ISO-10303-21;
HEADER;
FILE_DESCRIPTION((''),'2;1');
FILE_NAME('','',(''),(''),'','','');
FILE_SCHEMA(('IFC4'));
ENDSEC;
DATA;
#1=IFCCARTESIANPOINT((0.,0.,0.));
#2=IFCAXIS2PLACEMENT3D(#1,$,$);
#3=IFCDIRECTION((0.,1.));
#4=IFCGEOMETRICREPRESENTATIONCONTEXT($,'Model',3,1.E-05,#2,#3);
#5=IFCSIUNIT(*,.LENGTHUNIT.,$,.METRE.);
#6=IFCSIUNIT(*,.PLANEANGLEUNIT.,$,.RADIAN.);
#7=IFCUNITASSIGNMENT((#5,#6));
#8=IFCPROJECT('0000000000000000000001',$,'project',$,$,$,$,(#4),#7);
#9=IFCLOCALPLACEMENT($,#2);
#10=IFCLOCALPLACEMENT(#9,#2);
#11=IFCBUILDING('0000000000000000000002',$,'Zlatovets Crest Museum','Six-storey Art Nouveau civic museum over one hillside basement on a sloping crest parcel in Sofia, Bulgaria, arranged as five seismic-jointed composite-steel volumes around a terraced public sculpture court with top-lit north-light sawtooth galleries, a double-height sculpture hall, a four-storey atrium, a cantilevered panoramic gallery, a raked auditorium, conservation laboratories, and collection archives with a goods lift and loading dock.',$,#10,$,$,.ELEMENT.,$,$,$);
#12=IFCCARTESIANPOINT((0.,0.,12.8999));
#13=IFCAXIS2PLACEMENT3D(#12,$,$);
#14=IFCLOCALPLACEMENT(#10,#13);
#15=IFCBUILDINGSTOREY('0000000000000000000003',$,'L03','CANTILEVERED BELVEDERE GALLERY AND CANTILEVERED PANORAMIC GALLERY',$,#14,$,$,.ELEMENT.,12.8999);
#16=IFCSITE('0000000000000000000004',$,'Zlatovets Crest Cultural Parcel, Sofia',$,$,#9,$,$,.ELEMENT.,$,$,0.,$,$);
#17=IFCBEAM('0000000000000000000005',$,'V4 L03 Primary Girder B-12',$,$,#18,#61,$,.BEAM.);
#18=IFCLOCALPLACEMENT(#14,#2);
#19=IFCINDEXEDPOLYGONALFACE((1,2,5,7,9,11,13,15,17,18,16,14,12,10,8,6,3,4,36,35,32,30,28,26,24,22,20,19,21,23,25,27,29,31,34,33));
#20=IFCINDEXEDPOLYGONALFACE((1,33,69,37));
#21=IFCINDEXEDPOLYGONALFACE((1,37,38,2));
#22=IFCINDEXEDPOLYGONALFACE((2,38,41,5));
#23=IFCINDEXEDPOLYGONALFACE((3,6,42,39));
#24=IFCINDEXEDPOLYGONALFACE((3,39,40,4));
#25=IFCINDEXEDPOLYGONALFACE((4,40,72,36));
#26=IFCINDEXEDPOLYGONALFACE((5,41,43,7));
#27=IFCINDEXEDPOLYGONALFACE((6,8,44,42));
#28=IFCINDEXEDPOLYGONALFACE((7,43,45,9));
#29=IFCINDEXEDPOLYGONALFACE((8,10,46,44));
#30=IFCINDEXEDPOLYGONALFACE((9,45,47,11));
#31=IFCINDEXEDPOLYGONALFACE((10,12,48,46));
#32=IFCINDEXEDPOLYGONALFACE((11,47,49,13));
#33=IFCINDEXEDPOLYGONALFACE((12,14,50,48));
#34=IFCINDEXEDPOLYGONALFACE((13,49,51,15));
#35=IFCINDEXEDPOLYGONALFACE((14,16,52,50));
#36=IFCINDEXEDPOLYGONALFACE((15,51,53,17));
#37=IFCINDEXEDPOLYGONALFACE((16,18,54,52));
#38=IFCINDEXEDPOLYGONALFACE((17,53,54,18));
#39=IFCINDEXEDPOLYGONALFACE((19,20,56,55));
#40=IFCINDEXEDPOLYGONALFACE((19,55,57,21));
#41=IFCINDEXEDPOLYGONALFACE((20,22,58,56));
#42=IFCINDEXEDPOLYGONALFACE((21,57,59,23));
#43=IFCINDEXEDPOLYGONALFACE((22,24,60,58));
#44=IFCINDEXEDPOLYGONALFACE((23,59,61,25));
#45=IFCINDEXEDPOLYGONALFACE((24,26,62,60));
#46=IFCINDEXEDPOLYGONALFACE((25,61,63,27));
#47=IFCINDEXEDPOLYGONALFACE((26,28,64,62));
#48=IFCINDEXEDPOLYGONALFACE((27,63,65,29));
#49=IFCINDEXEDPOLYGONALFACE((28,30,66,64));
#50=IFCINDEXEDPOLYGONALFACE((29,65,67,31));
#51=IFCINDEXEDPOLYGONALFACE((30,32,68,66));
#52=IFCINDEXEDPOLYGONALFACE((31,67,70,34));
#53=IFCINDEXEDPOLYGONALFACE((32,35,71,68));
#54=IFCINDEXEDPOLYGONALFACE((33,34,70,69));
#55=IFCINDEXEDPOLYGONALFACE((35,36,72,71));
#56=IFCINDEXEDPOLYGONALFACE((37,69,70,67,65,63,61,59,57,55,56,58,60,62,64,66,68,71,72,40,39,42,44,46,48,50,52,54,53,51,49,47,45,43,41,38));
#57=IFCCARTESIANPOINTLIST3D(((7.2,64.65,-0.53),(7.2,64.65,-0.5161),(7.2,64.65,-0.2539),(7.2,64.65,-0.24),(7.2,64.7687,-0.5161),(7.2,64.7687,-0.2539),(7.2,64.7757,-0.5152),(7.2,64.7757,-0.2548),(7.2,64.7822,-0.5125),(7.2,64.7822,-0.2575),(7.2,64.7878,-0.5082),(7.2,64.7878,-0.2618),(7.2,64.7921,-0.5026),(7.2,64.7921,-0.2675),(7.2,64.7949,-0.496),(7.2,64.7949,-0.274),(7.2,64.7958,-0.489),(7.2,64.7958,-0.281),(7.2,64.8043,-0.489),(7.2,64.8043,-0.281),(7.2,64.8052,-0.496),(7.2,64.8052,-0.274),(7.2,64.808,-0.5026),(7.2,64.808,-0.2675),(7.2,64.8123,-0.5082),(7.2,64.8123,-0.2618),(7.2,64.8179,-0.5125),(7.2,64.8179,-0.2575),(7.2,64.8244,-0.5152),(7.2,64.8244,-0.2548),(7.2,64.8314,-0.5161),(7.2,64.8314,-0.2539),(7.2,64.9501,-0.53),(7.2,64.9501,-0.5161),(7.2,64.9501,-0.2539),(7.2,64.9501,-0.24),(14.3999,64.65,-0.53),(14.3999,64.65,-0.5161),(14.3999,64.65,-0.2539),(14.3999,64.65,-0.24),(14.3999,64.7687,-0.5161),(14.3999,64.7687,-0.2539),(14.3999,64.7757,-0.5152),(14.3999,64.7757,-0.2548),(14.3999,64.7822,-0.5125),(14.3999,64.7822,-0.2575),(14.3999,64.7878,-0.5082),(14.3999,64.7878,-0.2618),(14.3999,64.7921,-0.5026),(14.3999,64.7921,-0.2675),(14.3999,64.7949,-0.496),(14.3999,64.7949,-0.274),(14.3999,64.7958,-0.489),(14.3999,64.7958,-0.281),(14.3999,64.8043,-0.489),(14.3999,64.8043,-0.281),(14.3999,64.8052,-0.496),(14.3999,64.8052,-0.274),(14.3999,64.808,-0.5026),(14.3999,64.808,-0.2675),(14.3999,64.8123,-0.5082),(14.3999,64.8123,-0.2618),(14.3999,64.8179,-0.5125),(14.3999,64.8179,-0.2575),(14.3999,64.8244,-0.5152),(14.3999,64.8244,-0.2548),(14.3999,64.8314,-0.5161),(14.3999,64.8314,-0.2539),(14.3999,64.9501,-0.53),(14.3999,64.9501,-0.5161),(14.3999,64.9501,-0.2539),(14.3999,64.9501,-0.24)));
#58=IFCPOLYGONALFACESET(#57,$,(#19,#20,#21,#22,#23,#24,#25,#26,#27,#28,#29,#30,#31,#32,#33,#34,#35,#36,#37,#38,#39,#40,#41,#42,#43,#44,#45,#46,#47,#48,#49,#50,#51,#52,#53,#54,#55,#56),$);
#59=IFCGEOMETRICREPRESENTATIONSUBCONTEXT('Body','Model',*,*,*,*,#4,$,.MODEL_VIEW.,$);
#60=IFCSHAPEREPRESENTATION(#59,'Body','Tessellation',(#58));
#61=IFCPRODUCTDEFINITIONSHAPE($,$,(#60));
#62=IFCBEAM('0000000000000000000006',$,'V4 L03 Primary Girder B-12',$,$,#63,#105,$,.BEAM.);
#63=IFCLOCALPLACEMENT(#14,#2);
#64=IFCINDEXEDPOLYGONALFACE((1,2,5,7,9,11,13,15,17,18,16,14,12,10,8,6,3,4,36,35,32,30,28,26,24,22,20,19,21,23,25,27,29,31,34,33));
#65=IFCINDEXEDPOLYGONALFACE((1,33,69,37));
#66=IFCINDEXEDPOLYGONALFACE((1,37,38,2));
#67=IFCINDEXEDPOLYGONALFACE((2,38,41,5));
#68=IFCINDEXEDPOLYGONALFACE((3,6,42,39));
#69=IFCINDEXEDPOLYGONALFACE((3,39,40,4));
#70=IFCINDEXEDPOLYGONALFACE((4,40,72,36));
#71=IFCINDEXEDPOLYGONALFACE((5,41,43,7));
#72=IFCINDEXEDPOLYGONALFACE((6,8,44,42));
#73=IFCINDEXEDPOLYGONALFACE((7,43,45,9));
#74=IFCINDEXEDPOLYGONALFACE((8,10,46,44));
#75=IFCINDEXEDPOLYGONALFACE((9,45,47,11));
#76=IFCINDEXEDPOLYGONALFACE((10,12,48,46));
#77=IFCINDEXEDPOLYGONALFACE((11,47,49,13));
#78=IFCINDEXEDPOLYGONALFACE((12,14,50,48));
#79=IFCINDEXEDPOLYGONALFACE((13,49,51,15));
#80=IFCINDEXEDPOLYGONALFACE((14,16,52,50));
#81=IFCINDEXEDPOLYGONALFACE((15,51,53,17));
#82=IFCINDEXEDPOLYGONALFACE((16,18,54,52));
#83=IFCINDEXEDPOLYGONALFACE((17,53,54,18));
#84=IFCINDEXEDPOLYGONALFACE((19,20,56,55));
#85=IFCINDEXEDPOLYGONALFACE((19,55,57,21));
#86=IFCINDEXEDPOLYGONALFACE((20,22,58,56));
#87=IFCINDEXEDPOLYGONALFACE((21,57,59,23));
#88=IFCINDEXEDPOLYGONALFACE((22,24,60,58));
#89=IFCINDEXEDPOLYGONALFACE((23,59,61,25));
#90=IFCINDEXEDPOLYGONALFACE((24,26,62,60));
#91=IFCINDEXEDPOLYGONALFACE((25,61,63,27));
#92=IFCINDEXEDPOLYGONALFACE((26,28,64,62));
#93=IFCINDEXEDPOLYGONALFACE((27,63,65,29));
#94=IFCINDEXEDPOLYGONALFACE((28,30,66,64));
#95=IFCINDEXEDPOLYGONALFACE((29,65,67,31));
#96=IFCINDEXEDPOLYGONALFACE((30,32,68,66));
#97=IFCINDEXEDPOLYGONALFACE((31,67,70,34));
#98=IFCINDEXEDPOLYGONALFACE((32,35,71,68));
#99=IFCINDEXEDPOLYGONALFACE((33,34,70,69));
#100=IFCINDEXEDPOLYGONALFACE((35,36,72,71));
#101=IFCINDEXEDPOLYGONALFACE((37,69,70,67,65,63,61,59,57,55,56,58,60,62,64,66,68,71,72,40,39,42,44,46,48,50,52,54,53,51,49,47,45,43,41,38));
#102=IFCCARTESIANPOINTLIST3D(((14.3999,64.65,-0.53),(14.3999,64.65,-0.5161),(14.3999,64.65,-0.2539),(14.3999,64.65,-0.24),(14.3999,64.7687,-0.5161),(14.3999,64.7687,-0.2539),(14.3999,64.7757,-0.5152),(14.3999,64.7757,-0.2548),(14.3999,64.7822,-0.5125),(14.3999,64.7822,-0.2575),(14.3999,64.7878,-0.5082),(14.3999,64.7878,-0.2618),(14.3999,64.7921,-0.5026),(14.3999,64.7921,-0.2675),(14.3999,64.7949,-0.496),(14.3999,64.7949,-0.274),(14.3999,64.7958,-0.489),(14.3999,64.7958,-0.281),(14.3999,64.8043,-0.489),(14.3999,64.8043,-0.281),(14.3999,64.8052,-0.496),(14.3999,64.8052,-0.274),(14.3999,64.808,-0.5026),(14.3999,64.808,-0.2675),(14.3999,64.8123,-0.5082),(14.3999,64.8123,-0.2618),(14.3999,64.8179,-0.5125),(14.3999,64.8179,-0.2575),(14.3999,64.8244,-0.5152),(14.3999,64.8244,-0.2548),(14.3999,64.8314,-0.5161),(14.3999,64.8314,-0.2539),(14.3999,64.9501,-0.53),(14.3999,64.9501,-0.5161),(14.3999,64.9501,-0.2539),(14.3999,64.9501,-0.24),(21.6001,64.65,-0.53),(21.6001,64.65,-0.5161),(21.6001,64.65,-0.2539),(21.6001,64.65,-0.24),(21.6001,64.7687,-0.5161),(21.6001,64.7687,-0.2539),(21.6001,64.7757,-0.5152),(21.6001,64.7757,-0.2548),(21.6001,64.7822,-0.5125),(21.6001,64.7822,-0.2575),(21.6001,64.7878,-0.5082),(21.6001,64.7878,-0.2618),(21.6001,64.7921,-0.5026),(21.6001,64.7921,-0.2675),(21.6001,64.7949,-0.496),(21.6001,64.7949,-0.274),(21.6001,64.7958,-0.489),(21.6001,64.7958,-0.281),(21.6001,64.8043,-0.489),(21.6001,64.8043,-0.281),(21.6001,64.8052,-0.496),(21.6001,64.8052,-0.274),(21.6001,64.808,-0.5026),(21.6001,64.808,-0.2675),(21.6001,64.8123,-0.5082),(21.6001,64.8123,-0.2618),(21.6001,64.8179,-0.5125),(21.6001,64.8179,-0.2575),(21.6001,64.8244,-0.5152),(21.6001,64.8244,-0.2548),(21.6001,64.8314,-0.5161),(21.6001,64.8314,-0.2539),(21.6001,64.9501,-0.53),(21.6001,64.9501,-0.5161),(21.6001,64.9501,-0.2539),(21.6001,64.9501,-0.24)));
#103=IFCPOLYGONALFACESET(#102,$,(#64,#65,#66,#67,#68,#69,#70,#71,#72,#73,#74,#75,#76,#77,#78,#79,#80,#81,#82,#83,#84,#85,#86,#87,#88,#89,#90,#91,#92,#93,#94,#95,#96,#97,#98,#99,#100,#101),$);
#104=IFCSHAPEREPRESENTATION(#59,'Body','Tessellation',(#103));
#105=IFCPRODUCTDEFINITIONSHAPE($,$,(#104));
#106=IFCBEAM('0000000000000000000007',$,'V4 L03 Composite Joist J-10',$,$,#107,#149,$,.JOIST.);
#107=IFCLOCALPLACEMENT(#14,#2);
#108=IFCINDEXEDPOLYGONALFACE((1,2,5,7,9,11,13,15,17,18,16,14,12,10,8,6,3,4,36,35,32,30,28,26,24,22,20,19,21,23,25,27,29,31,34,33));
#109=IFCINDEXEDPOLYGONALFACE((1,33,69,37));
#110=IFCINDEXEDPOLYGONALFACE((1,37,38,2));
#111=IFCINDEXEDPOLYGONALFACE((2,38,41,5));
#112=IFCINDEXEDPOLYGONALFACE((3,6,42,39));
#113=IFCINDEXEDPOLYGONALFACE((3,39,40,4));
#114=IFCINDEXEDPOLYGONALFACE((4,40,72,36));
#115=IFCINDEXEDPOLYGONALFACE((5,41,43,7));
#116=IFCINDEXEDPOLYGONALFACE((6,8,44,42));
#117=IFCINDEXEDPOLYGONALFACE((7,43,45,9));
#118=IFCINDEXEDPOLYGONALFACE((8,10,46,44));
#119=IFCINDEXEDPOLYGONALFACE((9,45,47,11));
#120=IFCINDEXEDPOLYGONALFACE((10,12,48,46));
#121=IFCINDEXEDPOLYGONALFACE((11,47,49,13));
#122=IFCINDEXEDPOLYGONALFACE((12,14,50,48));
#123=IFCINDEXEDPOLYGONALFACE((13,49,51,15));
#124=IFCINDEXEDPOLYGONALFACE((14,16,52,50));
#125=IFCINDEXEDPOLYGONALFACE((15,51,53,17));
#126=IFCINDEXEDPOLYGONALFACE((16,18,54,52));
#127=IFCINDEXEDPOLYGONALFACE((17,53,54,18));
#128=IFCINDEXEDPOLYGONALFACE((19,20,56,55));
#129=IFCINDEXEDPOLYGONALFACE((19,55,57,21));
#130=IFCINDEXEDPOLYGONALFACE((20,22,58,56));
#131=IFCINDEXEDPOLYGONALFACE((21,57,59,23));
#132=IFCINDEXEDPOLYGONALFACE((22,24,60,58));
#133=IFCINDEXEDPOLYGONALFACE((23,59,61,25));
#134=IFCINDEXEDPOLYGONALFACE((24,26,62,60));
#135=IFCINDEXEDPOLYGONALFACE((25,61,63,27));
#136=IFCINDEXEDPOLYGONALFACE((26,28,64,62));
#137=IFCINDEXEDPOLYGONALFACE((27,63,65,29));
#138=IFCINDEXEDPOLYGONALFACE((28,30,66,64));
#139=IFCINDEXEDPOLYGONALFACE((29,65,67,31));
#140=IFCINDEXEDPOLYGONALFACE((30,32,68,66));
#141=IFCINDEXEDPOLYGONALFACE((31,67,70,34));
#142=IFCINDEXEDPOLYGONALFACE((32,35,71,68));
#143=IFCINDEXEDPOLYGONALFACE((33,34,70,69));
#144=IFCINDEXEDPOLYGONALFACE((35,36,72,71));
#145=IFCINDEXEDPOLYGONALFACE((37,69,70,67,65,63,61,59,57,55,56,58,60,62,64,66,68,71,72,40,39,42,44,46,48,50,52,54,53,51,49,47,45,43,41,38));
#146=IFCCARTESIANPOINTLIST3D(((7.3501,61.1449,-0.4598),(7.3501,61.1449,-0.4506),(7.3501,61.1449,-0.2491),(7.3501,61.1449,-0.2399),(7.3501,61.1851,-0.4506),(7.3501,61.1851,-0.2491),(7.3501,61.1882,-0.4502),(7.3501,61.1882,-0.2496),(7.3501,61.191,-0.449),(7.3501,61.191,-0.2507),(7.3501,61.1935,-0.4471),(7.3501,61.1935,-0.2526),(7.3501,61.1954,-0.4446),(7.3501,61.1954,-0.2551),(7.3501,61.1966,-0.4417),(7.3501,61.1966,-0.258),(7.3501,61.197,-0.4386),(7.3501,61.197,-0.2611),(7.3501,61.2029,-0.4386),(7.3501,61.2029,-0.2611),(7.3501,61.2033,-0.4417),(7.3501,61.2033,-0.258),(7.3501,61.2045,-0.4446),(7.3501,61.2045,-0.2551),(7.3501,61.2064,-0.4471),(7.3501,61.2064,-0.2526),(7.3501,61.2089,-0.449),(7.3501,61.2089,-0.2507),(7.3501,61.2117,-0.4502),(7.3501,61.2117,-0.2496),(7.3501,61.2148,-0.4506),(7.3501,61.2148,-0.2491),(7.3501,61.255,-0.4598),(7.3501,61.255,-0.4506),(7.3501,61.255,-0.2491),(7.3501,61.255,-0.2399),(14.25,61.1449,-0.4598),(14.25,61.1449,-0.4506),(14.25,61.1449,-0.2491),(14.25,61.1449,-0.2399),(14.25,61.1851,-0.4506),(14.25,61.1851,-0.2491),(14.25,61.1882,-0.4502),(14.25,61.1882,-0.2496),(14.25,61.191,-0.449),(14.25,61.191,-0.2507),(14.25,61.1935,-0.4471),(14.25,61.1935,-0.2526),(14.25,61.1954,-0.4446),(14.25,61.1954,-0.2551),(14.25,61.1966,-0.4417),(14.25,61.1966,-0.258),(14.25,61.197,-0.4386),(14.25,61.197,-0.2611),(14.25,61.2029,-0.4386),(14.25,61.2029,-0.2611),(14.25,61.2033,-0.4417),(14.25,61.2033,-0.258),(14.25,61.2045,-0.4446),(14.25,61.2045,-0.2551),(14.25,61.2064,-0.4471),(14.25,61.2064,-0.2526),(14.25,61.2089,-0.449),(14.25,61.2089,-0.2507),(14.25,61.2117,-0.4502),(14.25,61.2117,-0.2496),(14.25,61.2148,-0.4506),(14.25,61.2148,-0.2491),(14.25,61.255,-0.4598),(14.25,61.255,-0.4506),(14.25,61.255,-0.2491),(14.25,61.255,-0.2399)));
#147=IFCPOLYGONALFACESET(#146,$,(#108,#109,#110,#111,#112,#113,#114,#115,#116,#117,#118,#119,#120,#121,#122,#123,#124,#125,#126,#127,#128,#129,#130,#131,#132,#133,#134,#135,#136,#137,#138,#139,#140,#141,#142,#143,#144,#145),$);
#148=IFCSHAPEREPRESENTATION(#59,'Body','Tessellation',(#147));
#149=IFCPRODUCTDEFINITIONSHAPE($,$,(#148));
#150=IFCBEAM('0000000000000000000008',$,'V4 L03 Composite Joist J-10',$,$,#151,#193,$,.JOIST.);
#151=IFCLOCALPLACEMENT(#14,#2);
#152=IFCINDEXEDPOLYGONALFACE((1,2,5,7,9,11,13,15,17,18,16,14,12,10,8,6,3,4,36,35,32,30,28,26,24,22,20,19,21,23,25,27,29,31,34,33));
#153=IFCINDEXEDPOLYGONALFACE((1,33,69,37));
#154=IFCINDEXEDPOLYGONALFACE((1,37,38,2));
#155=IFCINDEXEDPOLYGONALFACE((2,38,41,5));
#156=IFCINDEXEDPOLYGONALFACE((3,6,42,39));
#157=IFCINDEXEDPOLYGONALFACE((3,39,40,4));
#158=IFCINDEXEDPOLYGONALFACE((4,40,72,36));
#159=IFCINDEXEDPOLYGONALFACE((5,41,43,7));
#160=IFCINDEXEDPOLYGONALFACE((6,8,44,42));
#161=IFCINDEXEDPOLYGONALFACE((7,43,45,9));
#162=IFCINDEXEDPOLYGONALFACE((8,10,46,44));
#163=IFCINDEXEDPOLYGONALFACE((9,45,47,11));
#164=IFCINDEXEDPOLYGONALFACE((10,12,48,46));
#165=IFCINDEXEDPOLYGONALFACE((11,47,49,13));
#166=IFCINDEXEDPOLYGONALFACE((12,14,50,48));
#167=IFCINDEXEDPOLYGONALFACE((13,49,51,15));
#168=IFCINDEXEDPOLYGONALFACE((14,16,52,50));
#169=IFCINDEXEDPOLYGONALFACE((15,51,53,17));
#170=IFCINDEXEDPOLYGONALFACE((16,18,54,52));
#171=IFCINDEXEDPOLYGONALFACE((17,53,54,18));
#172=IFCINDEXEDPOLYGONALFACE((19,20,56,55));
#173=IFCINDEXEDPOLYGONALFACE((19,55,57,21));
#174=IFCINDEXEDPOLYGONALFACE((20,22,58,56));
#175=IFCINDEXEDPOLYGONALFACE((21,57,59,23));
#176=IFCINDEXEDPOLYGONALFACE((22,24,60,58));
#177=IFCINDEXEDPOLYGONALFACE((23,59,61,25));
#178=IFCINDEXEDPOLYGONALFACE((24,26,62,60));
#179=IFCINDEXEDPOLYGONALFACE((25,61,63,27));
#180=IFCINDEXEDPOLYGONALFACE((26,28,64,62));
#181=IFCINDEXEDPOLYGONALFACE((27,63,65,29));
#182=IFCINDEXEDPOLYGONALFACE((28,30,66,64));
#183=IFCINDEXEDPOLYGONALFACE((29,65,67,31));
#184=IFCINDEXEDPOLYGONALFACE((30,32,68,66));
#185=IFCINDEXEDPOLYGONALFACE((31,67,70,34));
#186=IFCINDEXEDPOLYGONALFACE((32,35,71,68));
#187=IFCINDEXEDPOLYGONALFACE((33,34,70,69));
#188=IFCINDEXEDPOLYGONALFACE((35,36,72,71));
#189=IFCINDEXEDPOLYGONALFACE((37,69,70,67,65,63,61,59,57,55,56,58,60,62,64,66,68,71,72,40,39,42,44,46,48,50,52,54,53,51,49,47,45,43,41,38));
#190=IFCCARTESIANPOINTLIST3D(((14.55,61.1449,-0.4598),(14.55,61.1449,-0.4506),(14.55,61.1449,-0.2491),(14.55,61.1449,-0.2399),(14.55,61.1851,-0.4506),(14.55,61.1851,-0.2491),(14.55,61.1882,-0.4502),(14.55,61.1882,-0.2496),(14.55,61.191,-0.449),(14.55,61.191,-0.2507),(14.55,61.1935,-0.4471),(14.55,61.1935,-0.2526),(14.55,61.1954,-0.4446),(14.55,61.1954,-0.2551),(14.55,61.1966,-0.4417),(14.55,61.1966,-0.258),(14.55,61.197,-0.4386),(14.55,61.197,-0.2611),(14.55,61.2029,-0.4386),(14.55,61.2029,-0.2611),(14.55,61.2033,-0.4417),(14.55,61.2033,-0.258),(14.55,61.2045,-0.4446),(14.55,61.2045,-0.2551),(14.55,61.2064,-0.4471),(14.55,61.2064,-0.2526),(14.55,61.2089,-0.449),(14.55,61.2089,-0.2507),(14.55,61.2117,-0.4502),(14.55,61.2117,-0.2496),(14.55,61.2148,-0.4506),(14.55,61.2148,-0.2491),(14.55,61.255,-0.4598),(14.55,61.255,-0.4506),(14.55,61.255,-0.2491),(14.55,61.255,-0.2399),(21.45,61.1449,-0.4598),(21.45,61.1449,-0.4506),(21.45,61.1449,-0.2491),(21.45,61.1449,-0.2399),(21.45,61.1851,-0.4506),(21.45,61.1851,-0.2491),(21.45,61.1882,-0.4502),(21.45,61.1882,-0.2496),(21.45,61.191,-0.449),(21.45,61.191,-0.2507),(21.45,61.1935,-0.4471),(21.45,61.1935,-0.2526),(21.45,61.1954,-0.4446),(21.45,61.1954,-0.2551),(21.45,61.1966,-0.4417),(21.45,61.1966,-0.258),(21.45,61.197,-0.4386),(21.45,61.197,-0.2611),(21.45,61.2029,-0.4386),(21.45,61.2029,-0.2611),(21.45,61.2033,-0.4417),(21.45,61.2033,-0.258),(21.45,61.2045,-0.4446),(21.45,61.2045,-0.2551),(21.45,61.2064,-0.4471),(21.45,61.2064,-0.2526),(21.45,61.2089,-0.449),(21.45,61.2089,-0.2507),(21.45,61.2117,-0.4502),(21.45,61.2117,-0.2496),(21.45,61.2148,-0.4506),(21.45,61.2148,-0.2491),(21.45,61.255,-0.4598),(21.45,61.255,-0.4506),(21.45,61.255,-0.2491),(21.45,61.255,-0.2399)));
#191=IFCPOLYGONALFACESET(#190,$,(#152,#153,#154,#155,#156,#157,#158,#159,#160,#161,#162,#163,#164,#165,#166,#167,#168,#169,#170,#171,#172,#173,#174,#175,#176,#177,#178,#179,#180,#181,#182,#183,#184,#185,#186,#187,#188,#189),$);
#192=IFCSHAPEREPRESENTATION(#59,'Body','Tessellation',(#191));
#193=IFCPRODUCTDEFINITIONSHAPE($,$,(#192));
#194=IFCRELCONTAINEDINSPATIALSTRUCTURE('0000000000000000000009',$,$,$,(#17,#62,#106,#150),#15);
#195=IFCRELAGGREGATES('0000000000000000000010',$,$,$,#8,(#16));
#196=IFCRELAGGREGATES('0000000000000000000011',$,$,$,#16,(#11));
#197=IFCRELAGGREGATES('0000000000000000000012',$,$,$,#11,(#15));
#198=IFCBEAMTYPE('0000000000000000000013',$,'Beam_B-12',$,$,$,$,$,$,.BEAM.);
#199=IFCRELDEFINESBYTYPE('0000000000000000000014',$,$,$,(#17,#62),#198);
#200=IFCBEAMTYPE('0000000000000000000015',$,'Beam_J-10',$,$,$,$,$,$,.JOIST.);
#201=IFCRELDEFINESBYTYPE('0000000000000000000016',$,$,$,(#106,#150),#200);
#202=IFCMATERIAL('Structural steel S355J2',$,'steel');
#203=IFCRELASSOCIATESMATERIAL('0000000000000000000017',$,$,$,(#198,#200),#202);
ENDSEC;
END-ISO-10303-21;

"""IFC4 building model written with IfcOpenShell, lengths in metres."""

from ifc_helpers import new_model, si_unit, direction, frame, origin, origin_2d, place, context, subcontext, project, spatial, i_section, extrude, material, material_profile, profile_set, type_object, element, save


model = new_model("IFC4")

# Units and contexts
model_context = context("Model", 3, precision=1e-05, world=origin(), true_north=direction((0.0, 1.0)))
body_context = subcontext(model_context, "Body", "Model", "MODEL_VIEW")
ifc_project = project(units=[si_unit("LENGTHUNIT", "METRE"), si_unit("PLANEANGLEUNIT", "RADIAN")], contexts=[model_context])

# Site, building, storey
site_placement = place(None, origin())
site = spatial("IfcSite", under=ifc_project, at=site_placement, Name="Zlatovets Crest Cultural Parcel, Sofia", CompositionType="ELEMENT", RefElevation=0.0)
building_placement = place(site_placement, origin())
building = spatial("IfcBuilding", under=site, at=building_placement, Name="Zlatovets Crest Museum", Description="Six-storey Art Nouveau civic museum over one hillside basement on a sloping crest parcel in Sofia, Bulgaria, arranged as five seismic-jointed composite-steel volumes around a terraced public sculpture court with top-lit north-light sawtooth galleries, a double-height sculpture hall, a four-storey atrium, a cantilevered panoramic gallery, a raked auditorium, conservation laboratories, and collection archives with a goods lift and loading dock.", CompositionType="ELEMENT")
storey_placement = place(building_placement, frame((0.0, 0.0, 12.8999)))
storey = spatial("IfcBuildingStorey", under=building, at=storey_placement, Name="L03", Description="CANTILEVERED BELVEDERE GALLERY AND CANTILEVERED PANORAMIC GALLERY", CompositionType="ELEMENT", Elevation=12.8999)

# Shared definitions
ifc_material_1 = material(Name="Structural steel S355J2", Category="steel")

# Beams
ifc_material_profile_1 = material_profile(ifc_material_1, i_section(OverallWidth=0.3, OverallDepth=0.29, WebThickness=0.0085, FlangeThickness=0.0139, FilletRadius=0.0271, at=origin_2d()), Name="HEA 300")
ifc_profile_set_1 = profile_set([ifc_material_profile_1], Name="Structural steel S355J2")
beam_type_1 = type_object("IfcBeamType", Name="Beam_B-12", PredefinedType="BEAM", material=ifc_profile_set_1)
beam_1_placement = place(storey_placement, frame((7.2, 64.8, -0.385), z_axis=(1.0, 0.0, 0.0), x_axis=(0.0, 1.0, 0.0)))
element("IfcBeam", 1, at=beam_1_placement, inside=storey, type_object=beam_type_1, Name="V4 L03 Primary Girder B-12", PredefinedType="BEAM", context=body_context, shape_type="SweptSolid", body=[
    extrude(i_section(OverallWidth=0.3, OverallDepth=0.29, WebThickness=0.0085, FlangeThickness=0.0139, FilletRadius=0.0271, at=origin_2d()), origin(), (0.0, 0.0, 1.0), 7.2),
])
beam_2_placement = place(storey_placement, frame((14.3999, 64.8, -0.385), z_axis=(1.0, 0.0, 0.0), x_axis=(0.0, 1.0, 0.0)))
element("IfcBeam", 2, at=beam_2_placement, inside=storey, type_object=beam_type_1, Name="V4 L03 Primary Girder B-12", PredefinedType="BEAM", context=body_context, shape_type="SweptSolid", body=[
    extrude(i_section(OverallWidth=0.3, OverallDepth=0.29, WebThickness=0.0085, FlangeThickness=0.0139, FilletRadius=0.0271, at=origin_2d()), origin(), (0.0, 0.0, 1.0), 7.2002),
])
ifc_material_profile_2 = material_profile(ifc_material_1, i_section(OverallWidth=0.1101, OverallDepth=0.22, WebThickness=0.0059, FlangeThickness=0.0093, FilletRadius=0.012, at=origin_2d()), Name="IPE 220")
ifc_profile_set_2 = profile_set([ifc_material_profile_2], Name="Structural steel S355J2")
beam_type_2 = type_object("IfcBeamType", Name="Beam_J-10", PredefinedType="JOIST", material=ifc_profile_set_2)
for number, where, z_axis, x_axis, name in (
    (3, (7.3501, 61.2, -0.3499), (1.0, 0.0, 0.0), (0.0, 1.0, 0.0), "V4 L03 Composite Joist J-10"),
    (4, (14.55, 61.2, -0.3499), (1.0, 0.0, 0.0), (0.0, 1.0, 0.0), "V4 L03 Composite Joist J-10"),
):
    element("IfcBeam", number, at=place(storey_placement, frame(where, z_axis=z_axis, x_axis=x_axis)), inside=storey, type_object=beam_type_2, Name=name, PredefinedType="JOIST", context=body_context, shape_type="SweptSolid", body=[
        extrude(i_section(OverallWidth=0.1101, OverallDepth=0.22, WebThickness=0.0059, FlangeThickness=0.0093, FilletRadius=0.012, at=origin_2d()), origin(), (0.0, 0.0, 1.0), 6.8999),
    ])

save(model, "model.ifc")
